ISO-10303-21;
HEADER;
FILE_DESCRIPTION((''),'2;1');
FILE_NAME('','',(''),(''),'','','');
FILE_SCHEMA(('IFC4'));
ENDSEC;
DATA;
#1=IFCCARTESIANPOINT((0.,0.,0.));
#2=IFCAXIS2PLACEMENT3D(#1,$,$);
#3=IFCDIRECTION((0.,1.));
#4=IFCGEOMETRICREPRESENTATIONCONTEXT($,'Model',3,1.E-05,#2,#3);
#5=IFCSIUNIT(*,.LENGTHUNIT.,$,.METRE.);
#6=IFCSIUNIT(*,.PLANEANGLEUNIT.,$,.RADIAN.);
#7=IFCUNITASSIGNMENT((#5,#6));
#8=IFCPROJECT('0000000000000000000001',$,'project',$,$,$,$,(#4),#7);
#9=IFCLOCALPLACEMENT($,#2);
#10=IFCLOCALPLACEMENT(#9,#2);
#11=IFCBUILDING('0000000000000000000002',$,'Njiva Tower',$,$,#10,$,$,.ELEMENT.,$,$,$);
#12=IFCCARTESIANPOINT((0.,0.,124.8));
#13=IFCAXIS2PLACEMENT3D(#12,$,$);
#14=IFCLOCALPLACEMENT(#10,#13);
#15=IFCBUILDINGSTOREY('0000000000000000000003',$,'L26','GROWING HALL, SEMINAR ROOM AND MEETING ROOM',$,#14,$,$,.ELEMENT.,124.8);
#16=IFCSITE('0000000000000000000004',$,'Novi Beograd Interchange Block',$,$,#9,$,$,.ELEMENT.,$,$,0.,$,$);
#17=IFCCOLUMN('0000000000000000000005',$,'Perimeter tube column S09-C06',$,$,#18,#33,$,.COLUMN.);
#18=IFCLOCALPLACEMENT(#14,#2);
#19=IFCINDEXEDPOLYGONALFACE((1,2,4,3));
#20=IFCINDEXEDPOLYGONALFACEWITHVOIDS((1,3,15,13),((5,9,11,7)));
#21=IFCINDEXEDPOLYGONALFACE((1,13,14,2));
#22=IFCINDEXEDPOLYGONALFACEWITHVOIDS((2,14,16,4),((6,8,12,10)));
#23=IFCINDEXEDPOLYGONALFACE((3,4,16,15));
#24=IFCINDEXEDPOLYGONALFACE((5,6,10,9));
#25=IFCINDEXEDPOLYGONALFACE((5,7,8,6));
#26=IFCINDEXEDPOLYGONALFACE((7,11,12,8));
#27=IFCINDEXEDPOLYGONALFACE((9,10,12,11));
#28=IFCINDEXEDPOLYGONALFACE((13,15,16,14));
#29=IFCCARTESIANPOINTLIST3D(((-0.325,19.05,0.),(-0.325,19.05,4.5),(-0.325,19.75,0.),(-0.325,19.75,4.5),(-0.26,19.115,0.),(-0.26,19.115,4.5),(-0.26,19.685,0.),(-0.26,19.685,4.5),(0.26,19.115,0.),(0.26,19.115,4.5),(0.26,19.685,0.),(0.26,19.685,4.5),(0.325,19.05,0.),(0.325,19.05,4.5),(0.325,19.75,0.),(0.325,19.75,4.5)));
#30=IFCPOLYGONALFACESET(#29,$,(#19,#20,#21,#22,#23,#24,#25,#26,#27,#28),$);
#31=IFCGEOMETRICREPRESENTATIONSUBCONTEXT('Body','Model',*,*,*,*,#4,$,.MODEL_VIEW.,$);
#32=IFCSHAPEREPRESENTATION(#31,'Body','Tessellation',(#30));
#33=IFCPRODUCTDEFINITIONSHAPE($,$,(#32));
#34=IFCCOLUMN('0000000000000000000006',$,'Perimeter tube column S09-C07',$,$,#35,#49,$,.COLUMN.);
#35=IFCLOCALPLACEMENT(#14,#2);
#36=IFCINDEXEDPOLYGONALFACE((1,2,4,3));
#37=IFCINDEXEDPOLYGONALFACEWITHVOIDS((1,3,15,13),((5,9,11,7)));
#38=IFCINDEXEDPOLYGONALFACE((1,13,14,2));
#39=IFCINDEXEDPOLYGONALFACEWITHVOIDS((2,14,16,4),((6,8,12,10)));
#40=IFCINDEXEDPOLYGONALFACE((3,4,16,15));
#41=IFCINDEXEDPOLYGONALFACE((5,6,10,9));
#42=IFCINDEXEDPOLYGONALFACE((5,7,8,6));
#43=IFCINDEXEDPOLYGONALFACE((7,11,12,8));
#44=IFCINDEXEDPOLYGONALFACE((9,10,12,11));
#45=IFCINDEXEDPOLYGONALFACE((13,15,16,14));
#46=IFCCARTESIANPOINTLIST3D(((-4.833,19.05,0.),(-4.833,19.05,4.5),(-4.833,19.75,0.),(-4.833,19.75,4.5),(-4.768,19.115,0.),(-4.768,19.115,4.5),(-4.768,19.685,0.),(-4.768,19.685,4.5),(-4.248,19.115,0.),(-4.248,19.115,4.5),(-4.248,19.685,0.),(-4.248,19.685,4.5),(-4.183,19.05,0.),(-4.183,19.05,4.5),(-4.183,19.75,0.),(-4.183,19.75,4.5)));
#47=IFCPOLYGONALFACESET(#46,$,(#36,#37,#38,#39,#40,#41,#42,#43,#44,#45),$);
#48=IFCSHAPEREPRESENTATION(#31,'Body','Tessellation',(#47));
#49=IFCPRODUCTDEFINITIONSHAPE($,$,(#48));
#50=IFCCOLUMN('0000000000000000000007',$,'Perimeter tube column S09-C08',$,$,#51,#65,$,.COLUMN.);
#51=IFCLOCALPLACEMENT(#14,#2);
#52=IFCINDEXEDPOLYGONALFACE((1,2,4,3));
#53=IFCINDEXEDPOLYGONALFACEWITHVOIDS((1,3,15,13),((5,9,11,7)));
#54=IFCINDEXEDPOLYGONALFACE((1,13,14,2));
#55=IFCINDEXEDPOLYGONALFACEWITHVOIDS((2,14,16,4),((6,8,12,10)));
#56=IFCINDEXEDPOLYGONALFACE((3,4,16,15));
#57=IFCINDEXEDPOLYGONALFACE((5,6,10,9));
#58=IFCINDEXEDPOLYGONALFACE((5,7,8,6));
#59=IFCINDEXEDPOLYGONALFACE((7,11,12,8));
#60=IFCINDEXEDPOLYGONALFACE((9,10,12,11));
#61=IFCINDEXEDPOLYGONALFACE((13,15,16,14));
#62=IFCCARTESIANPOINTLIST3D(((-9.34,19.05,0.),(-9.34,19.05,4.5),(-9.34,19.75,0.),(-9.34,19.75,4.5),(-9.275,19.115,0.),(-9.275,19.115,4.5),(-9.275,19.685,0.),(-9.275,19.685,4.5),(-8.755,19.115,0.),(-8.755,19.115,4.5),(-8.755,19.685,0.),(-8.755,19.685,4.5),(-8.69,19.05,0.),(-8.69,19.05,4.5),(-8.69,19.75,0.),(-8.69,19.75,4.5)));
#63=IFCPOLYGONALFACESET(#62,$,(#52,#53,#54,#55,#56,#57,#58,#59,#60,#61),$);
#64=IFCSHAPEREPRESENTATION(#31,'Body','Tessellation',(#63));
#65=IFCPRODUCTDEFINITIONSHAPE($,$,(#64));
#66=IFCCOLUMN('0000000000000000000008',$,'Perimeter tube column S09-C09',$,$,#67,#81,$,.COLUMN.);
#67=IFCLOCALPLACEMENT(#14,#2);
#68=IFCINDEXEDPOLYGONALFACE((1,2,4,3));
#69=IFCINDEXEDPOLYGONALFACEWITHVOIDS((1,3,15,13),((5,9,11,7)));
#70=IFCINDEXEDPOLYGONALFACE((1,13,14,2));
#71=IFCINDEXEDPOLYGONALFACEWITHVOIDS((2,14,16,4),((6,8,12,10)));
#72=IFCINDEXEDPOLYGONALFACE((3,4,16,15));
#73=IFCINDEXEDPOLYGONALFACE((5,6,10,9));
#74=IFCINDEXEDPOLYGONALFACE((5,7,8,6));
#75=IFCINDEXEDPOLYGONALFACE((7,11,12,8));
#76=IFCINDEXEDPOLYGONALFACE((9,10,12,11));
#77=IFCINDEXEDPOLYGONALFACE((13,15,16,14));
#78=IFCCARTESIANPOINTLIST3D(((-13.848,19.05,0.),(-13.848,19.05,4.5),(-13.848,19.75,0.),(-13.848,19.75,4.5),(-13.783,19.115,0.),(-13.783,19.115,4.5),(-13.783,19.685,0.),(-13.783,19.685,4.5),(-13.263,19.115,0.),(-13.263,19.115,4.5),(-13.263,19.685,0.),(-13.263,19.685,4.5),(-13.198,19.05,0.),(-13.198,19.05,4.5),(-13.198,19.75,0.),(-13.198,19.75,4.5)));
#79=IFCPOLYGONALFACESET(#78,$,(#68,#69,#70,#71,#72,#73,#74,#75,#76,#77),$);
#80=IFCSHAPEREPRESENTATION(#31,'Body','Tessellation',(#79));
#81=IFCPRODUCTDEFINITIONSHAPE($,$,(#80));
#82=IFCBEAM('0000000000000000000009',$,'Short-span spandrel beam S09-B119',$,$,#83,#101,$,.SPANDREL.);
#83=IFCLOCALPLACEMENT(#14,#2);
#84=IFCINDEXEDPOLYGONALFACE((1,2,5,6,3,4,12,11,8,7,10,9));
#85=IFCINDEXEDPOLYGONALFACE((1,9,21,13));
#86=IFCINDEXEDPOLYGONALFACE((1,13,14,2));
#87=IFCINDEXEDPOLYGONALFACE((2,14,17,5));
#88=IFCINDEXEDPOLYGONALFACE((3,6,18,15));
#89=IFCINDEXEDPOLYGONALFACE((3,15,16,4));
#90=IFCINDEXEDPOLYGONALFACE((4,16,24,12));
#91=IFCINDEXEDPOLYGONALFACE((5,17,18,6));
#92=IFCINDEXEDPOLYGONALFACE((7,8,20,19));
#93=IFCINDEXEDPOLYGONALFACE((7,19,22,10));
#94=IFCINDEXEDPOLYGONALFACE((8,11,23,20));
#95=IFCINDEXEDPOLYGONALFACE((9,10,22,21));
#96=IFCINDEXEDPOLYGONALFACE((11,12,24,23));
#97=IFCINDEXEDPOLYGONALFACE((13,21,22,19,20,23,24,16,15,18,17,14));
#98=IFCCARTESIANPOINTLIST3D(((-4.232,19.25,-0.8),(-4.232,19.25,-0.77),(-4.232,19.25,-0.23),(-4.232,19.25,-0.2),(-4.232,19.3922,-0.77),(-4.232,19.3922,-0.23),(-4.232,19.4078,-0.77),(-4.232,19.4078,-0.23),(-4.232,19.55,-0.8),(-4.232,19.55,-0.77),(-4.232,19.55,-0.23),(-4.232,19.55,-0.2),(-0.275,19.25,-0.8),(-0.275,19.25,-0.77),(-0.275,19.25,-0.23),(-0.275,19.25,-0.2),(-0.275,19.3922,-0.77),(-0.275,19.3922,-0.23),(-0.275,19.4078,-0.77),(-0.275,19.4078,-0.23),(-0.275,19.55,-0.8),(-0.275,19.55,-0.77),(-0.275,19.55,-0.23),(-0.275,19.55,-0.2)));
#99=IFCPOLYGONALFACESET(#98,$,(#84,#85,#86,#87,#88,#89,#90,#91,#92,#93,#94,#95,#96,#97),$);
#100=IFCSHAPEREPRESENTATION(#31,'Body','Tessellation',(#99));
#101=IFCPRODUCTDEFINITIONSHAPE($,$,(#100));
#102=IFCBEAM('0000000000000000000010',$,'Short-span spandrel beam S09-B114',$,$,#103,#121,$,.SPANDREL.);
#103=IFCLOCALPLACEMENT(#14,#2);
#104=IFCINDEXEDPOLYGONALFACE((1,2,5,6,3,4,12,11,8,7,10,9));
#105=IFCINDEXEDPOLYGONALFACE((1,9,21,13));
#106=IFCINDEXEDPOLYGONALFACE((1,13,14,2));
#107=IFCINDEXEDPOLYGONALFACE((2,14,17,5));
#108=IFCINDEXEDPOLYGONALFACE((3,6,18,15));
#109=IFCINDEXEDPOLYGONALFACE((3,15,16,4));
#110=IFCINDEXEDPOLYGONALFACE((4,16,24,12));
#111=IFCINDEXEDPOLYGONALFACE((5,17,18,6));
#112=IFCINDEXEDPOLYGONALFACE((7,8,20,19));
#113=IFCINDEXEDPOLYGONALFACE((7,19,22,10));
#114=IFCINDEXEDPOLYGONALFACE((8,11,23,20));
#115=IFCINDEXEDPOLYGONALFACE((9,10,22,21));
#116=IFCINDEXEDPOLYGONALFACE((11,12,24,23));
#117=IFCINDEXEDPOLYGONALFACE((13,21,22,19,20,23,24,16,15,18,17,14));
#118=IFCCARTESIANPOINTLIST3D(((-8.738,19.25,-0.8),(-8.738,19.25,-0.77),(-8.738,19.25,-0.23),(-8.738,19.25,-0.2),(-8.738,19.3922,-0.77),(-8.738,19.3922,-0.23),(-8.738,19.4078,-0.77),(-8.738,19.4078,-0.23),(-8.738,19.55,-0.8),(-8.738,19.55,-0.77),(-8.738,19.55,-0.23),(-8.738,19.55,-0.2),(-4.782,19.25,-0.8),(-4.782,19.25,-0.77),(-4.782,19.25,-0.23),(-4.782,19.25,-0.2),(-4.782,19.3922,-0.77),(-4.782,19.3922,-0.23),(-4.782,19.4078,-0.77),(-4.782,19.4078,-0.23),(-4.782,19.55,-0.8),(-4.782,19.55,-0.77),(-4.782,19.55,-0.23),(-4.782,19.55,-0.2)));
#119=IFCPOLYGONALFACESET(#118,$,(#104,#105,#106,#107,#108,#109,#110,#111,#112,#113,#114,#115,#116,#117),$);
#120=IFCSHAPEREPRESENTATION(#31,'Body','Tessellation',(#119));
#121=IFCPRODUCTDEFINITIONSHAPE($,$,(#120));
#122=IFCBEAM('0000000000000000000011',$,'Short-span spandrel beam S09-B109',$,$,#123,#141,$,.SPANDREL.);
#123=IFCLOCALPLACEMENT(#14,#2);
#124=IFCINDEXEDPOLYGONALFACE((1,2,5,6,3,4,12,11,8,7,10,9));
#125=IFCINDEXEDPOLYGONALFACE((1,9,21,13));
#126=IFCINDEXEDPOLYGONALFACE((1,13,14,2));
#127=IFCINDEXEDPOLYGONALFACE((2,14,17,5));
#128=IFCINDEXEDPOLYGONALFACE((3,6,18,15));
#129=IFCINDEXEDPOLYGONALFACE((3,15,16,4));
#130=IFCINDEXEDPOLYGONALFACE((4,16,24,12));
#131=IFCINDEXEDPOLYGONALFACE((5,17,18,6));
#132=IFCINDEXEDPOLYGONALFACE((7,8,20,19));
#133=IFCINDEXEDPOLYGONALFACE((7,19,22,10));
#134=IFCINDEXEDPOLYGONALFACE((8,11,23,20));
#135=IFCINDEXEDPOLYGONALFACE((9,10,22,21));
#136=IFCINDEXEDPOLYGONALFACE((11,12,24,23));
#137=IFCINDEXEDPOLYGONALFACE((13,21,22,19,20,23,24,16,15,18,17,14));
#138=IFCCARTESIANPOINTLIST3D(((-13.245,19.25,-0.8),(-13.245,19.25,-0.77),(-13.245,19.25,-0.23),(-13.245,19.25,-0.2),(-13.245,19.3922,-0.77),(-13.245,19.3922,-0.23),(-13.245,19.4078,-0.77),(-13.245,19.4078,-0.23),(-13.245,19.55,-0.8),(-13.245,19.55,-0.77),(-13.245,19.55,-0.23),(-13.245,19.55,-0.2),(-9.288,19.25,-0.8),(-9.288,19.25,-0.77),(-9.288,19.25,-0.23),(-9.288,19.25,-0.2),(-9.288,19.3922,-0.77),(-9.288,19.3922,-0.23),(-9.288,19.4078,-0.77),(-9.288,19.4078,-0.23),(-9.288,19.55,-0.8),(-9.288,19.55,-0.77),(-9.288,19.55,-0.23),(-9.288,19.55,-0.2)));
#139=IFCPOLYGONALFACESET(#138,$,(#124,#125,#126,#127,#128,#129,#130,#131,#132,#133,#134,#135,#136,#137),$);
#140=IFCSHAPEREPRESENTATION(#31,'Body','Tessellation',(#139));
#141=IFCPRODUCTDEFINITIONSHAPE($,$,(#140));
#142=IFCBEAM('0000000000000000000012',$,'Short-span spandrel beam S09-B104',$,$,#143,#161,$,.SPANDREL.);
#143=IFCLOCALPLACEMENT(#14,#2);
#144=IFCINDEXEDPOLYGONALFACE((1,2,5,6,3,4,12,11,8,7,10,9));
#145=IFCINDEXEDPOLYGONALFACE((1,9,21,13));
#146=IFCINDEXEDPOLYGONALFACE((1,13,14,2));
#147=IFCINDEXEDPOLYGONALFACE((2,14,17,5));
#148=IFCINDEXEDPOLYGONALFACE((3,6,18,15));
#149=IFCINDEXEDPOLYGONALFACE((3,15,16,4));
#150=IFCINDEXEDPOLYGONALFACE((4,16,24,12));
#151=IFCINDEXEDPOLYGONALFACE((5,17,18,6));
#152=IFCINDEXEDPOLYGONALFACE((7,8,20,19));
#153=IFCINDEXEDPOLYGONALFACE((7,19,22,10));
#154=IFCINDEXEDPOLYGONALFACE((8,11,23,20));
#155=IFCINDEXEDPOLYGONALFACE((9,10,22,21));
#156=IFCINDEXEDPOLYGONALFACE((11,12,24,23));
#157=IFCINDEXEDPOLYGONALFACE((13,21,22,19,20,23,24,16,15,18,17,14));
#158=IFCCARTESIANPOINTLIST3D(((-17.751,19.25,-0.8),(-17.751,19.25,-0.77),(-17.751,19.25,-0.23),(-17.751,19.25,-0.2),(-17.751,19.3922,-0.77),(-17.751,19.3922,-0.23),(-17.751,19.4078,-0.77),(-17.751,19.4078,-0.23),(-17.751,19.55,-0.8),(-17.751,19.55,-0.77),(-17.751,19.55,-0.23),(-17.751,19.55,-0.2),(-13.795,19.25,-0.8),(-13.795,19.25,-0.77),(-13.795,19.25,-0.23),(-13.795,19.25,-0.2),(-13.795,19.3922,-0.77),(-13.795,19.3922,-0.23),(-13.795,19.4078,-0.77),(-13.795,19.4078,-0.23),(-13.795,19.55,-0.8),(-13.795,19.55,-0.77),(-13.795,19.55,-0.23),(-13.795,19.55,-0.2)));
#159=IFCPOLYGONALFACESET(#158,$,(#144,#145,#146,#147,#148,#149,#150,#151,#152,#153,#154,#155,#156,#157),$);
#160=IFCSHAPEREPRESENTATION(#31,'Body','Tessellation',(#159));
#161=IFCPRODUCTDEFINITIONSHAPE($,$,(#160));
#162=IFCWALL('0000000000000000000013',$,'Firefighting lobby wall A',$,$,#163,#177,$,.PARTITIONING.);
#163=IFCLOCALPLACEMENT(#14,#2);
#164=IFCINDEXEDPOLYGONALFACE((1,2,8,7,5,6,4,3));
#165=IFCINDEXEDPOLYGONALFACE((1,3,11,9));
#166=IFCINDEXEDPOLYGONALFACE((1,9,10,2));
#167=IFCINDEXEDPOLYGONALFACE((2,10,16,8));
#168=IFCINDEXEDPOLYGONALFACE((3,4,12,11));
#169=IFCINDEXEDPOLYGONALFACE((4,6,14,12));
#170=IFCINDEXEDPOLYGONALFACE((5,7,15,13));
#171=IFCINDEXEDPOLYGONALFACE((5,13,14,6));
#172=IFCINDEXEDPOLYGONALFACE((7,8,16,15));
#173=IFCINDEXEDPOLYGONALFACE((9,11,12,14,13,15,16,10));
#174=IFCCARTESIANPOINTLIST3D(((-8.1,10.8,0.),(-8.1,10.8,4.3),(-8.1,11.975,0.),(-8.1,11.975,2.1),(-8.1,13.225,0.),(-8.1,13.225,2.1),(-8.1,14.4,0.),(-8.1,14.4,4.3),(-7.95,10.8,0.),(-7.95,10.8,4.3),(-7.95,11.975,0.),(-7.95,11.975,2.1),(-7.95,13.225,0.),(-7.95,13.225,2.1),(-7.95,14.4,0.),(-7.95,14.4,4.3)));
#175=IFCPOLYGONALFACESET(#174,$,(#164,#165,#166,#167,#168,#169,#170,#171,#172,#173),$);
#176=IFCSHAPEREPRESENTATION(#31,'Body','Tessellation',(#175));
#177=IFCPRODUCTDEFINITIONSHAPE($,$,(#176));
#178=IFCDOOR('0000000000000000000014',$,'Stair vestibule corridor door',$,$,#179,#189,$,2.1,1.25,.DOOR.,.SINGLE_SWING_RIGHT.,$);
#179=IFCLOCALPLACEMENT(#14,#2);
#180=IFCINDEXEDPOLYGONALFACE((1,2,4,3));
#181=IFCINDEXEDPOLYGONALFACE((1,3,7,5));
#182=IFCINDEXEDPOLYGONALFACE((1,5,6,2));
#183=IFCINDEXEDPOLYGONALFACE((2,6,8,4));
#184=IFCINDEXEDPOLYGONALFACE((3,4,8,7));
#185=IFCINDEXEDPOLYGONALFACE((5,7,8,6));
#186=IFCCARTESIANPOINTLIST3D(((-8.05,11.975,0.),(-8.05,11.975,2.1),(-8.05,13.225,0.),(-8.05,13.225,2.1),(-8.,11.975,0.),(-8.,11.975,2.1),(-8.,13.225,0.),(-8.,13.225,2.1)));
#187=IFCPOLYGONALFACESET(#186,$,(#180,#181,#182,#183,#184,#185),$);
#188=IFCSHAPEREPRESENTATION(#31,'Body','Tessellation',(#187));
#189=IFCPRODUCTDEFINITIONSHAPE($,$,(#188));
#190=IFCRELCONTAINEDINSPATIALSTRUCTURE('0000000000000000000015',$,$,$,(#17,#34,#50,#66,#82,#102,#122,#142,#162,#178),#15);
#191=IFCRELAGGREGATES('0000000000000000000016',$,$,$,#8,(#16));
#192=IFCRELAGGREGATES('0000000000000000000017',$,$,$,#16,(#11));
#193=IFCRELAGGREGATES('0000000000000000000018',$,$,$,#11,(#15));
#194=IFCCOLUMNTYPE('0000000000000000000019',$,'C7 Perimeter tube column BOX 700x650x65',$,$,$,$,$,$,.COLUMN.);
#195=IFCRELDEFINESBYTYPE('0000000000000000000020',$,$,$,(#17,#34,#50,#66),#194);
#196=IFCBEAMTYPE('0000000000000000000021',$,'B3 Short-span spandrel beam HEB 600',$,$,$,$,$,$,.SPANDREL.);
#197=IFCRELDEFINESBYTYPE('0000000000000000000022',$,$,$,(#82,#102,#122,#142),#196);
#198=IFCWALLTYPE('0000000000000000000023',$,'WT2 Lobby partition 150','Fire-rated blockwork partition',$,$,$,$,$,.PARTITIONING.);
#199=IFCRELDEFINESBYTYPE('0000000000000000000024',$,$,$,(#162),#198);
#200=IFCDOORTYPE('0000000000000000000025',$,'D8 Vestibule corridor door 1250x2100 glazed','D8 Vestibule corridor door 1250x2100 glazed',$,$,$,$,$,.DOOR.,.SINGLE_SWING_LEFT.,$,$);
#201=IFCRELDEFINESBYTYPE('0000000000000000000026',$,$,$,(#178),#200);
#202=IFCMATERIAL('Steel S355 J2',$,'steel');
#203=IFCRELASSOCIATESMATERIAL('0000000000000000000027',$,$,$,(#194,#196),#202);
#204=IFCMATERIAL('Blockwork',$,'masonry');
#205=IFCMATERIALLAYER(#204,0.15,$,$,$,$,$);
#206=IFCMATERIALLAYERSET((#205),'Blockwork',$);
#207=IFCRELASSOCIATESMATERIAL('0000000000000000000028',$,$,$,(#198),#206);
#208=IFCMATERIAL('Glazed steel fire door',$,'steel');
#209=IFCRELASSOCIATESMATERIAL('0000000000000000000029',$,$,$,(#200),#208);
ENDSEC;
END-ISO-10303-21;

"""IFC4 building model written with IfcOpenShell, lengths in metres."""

from ifc_helpers import new_model, si_unit, direction, frame, frame_2d, origin, origin_2d, place, context, subcontext, project, spatial, rectangle, hollow_rectangle, i_section, extrude, material, layer, layer_set, material_profile, profile_set, type_object, element, fill, save


model = new_model("IFC4")

# Units and contexts
model_context = context("Model", 3, precision=1e-05, world=origin(), true_north=direction((0.0, 1.0)))
body_context = subcontext(model_context, "Body", "Model", "MODEL_VIEW")
ifc_project = project(units=[si_unit("LENGTHUNIT", "METRE"), si_unit("PLANEANGLEUNIT", "RADIAN")], contexts=[model_context])

# Site, building, storey
site_placement = place(None, origin())
site = spatial("IfcSite", under=ifc_project, at=site_placement, Name="Novi Beograd Interchange Block", CompositionType="ELEMENT", RefElevation=0.0)
building_placement = place(site_placement, origin())
building = spatial("IfcBuilding", under=site, at=building_placement, Name="Njiva Tower", CompositionType="ELEMENT")
storey_placement = place(building_placement, frame((0.0, 0.0, 124.8)))
storey = spatial("IfcBuildingStorey", under=building, at=storey_placement, Name="L26", Description="GROWING HALL, SEMINAR ROOM AND MEETING ROOM", CompositionType="ELEMENT", Elevation=124.8)

# Columns
ifc_material_1 = material(Name="Steel S355 J2", Category="steel")
ifc_material_profile_1 = material_profile(ifc_material_1, hollow_rectangle(XDim=0.65, YDim=0.7, WallThickness=0.065, at=origin_2d()), Name="BOX 700x650x65")
ifc_profile_set_1 = profile_set([ifc_material_profile_1], Name="Steel S355 J2")
column_type = type_object("IfcColumnType", Name="C7 Perimeter tube column BOX 700x650x65", PredefinedType="COLUMN", material=ifc_profile_set_1)
for number, where, z_axis, x_axis, name in (
    (1, (0.0, 19.4, 0.0), (0.0, 0.0, 1.0), (-1.0, 0.0, 0.0), "Perimeter tube column S09-C06"),
    (2, (-4.508, 19.4, 0.0), (0.0, 0.0, 1.0), (-1.0, 0.0, 0.0), "Perimeter tube column S09-C07"),
    (3, (-9.015, 19.4, 0.0), (0.0, 0.0, 1.0), (-1.0, 0.0, 0.0), "Perimeter tube column S09-C08"),
    (4, (-13.523, 19.4, 0.0), (0.0, 0.0, 1.0), (-1.0, 0.0, 0.0), "Perimeter tube column S09-C09"),
):
    element("IfcColumn", number, at=place(storey_placement, frame(where, z_axis=z_axis, x_axis=x_axis)), inside=storey, type_object=column_type, Name=name, PredefinedType="COLUMN", context=body_context, shape_type="SweptSolid", body=[
        extrude(hollow_rectangle(XDim=0.65, YDim=0.7, WallThickness=0.065, at=origin_2d()), origin(), (0.0, 0.0, 1.0), 4.5),
    ])

# Beams
ifc_material_profile_2 = material_profile(ifc_material_1, i_section(OverallWidth=0.3, OverallDepth=0.6, WebThickness=0.0155, FlangeThickness=0.03, at=origin_2d()), Name="HEB 600")
ifc_profile_set_2 = profile_set([ifc_material_profile_2], Name="Steel S355 J2")
beam_type = type_object("IfcBeamType", Name="B3 Short-span spandrel beam HEB 600", PredefinedType="SPANDREL", material=ifc_profile_set_2)
beam_1_placement = place(storey_placement, frame((-0.275, 19.4, -0.5), z_axis=(-1.0, 0.0, 0.0), x_axis=(0.0, -1.0, 0.0)))
element("IfcBeam", 5, at=beam_1_placement, inside=storey, type_object=beam_type, Name="Short-span spandrel beam S09-B119", PredefinedType="SPANDREL", context=body_context, shape_type="SweptSolid", body=[
    extrude(i_section(OverallWidth=0.3, OverallDepth=0.6, WebThickness=0.0155, FlangeThickness=0.03, at=origin_2d()), origin(), (0.0, 0.0, 1.0), 3.957),
])
beam_2_placement = place(storey_placement, frame((-4.782, 19.4, -0.5), z_axis=(-1.0, 0.0, 0.0), x_axis=(0.0, -1.0, 0.0)))
element("IfcBeam", 6, at=beam_2_placement, inside=storey, type_object=beam_type, Name="Short-span spandrel beam S09-B114", PredefinedType="SPANDREL", context=body_context, shape_type="SweptSolid", body=[
    extrude(i_section(OverallWidth=0.3, OverallDepth=0.6, WebThickness=0.0155, FlangeThickness=0.03, at=origin_2d()), origin(), (0.0, 0.0, 1.0), 3.956),
])
beam_3_placement = place(storey_placement, frame((-9.288, 19.4, -0.5), z_axis=(-1.0, 0.0, 0.0), x_axis=(0.0, -1.0, 0.0)))
element("IfcBeam", 7, at=beam_3_placement, inside=storey, type_object=beam_type, Name="Short-span spandrel beam S09-B109", PredefinedType="SPANDREL", context=body_context, shape_type="SweptSolid", body=[
    extrude(i_section(OverallWidth=0.3, OverallDepth=0.6, WebThickness=0.0155, FlangeThickness=0.03, at=origin_2d()), origin(), (0.0, 0.0, 1.0), 3.957),
])
beam_4_placement = place(storey_placement, frame((-13.795, 19.4, -0.5), z_axis=(-1.0, 0.0, 0.0), x_axis=(0.0, -1.0, 0.0)))
element("IfcBeam", 8, at=beam_4_placement, inside=storey, type_object=beam_type, Name="Short-span spandrel beam S09-B104", PredefinedType="SPANDREL", context=body_context, shape_type="SweptSolid", body=[
    extrude(i_section(OverallWidth=0.3, OverallDepth=0.6, WebThickness=0.0155, FlangeThickness=0.03, at=origin_2d()), origin(), (0.0, 0.0, 1.0), 3.956),
])

# Wall, opening, door
ifc_material_2 = material(Name="Blockwork", Category="masonry")
ifc_layer_1 = layer(ifc_material_2, 0.15)
ifc_layer_set_1 = layer_set([ifc_layer_1], Name="Blockwork")
wall_type_1 = type_object("IfcWallType", Name="WT2 Lobby partition 150", Description="Fire-rated blockwork partition", PredefinedType="PARTITIONING", material=ifc_layer_set_1)
wall_1_placement = place(storey_placement, frame((-8.025, 10.8, 0.0), z_axis=(0.0, 0.0, 1.0), x_axis=(0.0, 1.0, 0.0)))
wall_1 = element("IfcWall", 9, at=wall_1_placement, inside=storey, type_object=wall_type_1, Name="Firefighting lobby wall A", PredefinedType="PARTITIONING", context=body_context, shape_type="SweptSolid", body=[
    extrude(rectangle(XDim=3.6, YDim=0.15, at=frame_2d((1.8, 0.0))), origin(), (0.0, 0.0, 1.0), 4.3),
])
opening_1_placement = place(wall_1_placement, frame((1.175, 0.0, 0.0)))
opening_1 = element("IfcOpeningElement", 10, at=opening_1_placement, cuts=wall_1, PredefinedType="OPENING", context=body_context, shape_type="SweptSolid", body=[
    extrude(rectangle(XDim=1.25, YDim=2.1, at=frame_2d((0.625, 1.05))), frame((0.0, 0.085, 0.0), z_axis=(0.0, -1.0, 0.0), x_axis=(1.0, 0.0, 0.0)), (0.0, 0.0, 1.0), 0.17),
])
ifc_material_3 = material(Name="Glazed steel fire door", Category="steel")
door_type_1 = type_object("IfcDoorType", Name="D8 Vestibule corridor door 1250x2100 glazed", Description="D8 Vestibule corridor door 1250x2100 glazed", OperationType="SINGLE_SWING_LEFT", PredefinedType="DOOR", material=ifc_material_3)
door_1_placement = place(opening_1_placement, origin())
door_1 = element("IfcDoor", 11, at=door_1_placement, inside=storey, type_object=door_type_1, Name="Stair vestibule corridor door", OperationType="SINGLE_SWING_RIGHT", OverallHeight=2.1, OverallWidth=1.25, PredefinedType="DOOR", context=body_context, shape_type="SweptSolid", body=[
    extrude(rectangle(XDim=1.25, YDim=2.1, at=frame_2d((0.625, 1.05))), frame((0.0, 0.025, 0.0), z_axis=(0.0, -1.0, 0.0), x_axis=(1.0, 0.0, 0.0)), (0.0, 0.0, 1.0), 0.05),
])
fill(opening_1, door_1)

save(model, "model.ifc")
